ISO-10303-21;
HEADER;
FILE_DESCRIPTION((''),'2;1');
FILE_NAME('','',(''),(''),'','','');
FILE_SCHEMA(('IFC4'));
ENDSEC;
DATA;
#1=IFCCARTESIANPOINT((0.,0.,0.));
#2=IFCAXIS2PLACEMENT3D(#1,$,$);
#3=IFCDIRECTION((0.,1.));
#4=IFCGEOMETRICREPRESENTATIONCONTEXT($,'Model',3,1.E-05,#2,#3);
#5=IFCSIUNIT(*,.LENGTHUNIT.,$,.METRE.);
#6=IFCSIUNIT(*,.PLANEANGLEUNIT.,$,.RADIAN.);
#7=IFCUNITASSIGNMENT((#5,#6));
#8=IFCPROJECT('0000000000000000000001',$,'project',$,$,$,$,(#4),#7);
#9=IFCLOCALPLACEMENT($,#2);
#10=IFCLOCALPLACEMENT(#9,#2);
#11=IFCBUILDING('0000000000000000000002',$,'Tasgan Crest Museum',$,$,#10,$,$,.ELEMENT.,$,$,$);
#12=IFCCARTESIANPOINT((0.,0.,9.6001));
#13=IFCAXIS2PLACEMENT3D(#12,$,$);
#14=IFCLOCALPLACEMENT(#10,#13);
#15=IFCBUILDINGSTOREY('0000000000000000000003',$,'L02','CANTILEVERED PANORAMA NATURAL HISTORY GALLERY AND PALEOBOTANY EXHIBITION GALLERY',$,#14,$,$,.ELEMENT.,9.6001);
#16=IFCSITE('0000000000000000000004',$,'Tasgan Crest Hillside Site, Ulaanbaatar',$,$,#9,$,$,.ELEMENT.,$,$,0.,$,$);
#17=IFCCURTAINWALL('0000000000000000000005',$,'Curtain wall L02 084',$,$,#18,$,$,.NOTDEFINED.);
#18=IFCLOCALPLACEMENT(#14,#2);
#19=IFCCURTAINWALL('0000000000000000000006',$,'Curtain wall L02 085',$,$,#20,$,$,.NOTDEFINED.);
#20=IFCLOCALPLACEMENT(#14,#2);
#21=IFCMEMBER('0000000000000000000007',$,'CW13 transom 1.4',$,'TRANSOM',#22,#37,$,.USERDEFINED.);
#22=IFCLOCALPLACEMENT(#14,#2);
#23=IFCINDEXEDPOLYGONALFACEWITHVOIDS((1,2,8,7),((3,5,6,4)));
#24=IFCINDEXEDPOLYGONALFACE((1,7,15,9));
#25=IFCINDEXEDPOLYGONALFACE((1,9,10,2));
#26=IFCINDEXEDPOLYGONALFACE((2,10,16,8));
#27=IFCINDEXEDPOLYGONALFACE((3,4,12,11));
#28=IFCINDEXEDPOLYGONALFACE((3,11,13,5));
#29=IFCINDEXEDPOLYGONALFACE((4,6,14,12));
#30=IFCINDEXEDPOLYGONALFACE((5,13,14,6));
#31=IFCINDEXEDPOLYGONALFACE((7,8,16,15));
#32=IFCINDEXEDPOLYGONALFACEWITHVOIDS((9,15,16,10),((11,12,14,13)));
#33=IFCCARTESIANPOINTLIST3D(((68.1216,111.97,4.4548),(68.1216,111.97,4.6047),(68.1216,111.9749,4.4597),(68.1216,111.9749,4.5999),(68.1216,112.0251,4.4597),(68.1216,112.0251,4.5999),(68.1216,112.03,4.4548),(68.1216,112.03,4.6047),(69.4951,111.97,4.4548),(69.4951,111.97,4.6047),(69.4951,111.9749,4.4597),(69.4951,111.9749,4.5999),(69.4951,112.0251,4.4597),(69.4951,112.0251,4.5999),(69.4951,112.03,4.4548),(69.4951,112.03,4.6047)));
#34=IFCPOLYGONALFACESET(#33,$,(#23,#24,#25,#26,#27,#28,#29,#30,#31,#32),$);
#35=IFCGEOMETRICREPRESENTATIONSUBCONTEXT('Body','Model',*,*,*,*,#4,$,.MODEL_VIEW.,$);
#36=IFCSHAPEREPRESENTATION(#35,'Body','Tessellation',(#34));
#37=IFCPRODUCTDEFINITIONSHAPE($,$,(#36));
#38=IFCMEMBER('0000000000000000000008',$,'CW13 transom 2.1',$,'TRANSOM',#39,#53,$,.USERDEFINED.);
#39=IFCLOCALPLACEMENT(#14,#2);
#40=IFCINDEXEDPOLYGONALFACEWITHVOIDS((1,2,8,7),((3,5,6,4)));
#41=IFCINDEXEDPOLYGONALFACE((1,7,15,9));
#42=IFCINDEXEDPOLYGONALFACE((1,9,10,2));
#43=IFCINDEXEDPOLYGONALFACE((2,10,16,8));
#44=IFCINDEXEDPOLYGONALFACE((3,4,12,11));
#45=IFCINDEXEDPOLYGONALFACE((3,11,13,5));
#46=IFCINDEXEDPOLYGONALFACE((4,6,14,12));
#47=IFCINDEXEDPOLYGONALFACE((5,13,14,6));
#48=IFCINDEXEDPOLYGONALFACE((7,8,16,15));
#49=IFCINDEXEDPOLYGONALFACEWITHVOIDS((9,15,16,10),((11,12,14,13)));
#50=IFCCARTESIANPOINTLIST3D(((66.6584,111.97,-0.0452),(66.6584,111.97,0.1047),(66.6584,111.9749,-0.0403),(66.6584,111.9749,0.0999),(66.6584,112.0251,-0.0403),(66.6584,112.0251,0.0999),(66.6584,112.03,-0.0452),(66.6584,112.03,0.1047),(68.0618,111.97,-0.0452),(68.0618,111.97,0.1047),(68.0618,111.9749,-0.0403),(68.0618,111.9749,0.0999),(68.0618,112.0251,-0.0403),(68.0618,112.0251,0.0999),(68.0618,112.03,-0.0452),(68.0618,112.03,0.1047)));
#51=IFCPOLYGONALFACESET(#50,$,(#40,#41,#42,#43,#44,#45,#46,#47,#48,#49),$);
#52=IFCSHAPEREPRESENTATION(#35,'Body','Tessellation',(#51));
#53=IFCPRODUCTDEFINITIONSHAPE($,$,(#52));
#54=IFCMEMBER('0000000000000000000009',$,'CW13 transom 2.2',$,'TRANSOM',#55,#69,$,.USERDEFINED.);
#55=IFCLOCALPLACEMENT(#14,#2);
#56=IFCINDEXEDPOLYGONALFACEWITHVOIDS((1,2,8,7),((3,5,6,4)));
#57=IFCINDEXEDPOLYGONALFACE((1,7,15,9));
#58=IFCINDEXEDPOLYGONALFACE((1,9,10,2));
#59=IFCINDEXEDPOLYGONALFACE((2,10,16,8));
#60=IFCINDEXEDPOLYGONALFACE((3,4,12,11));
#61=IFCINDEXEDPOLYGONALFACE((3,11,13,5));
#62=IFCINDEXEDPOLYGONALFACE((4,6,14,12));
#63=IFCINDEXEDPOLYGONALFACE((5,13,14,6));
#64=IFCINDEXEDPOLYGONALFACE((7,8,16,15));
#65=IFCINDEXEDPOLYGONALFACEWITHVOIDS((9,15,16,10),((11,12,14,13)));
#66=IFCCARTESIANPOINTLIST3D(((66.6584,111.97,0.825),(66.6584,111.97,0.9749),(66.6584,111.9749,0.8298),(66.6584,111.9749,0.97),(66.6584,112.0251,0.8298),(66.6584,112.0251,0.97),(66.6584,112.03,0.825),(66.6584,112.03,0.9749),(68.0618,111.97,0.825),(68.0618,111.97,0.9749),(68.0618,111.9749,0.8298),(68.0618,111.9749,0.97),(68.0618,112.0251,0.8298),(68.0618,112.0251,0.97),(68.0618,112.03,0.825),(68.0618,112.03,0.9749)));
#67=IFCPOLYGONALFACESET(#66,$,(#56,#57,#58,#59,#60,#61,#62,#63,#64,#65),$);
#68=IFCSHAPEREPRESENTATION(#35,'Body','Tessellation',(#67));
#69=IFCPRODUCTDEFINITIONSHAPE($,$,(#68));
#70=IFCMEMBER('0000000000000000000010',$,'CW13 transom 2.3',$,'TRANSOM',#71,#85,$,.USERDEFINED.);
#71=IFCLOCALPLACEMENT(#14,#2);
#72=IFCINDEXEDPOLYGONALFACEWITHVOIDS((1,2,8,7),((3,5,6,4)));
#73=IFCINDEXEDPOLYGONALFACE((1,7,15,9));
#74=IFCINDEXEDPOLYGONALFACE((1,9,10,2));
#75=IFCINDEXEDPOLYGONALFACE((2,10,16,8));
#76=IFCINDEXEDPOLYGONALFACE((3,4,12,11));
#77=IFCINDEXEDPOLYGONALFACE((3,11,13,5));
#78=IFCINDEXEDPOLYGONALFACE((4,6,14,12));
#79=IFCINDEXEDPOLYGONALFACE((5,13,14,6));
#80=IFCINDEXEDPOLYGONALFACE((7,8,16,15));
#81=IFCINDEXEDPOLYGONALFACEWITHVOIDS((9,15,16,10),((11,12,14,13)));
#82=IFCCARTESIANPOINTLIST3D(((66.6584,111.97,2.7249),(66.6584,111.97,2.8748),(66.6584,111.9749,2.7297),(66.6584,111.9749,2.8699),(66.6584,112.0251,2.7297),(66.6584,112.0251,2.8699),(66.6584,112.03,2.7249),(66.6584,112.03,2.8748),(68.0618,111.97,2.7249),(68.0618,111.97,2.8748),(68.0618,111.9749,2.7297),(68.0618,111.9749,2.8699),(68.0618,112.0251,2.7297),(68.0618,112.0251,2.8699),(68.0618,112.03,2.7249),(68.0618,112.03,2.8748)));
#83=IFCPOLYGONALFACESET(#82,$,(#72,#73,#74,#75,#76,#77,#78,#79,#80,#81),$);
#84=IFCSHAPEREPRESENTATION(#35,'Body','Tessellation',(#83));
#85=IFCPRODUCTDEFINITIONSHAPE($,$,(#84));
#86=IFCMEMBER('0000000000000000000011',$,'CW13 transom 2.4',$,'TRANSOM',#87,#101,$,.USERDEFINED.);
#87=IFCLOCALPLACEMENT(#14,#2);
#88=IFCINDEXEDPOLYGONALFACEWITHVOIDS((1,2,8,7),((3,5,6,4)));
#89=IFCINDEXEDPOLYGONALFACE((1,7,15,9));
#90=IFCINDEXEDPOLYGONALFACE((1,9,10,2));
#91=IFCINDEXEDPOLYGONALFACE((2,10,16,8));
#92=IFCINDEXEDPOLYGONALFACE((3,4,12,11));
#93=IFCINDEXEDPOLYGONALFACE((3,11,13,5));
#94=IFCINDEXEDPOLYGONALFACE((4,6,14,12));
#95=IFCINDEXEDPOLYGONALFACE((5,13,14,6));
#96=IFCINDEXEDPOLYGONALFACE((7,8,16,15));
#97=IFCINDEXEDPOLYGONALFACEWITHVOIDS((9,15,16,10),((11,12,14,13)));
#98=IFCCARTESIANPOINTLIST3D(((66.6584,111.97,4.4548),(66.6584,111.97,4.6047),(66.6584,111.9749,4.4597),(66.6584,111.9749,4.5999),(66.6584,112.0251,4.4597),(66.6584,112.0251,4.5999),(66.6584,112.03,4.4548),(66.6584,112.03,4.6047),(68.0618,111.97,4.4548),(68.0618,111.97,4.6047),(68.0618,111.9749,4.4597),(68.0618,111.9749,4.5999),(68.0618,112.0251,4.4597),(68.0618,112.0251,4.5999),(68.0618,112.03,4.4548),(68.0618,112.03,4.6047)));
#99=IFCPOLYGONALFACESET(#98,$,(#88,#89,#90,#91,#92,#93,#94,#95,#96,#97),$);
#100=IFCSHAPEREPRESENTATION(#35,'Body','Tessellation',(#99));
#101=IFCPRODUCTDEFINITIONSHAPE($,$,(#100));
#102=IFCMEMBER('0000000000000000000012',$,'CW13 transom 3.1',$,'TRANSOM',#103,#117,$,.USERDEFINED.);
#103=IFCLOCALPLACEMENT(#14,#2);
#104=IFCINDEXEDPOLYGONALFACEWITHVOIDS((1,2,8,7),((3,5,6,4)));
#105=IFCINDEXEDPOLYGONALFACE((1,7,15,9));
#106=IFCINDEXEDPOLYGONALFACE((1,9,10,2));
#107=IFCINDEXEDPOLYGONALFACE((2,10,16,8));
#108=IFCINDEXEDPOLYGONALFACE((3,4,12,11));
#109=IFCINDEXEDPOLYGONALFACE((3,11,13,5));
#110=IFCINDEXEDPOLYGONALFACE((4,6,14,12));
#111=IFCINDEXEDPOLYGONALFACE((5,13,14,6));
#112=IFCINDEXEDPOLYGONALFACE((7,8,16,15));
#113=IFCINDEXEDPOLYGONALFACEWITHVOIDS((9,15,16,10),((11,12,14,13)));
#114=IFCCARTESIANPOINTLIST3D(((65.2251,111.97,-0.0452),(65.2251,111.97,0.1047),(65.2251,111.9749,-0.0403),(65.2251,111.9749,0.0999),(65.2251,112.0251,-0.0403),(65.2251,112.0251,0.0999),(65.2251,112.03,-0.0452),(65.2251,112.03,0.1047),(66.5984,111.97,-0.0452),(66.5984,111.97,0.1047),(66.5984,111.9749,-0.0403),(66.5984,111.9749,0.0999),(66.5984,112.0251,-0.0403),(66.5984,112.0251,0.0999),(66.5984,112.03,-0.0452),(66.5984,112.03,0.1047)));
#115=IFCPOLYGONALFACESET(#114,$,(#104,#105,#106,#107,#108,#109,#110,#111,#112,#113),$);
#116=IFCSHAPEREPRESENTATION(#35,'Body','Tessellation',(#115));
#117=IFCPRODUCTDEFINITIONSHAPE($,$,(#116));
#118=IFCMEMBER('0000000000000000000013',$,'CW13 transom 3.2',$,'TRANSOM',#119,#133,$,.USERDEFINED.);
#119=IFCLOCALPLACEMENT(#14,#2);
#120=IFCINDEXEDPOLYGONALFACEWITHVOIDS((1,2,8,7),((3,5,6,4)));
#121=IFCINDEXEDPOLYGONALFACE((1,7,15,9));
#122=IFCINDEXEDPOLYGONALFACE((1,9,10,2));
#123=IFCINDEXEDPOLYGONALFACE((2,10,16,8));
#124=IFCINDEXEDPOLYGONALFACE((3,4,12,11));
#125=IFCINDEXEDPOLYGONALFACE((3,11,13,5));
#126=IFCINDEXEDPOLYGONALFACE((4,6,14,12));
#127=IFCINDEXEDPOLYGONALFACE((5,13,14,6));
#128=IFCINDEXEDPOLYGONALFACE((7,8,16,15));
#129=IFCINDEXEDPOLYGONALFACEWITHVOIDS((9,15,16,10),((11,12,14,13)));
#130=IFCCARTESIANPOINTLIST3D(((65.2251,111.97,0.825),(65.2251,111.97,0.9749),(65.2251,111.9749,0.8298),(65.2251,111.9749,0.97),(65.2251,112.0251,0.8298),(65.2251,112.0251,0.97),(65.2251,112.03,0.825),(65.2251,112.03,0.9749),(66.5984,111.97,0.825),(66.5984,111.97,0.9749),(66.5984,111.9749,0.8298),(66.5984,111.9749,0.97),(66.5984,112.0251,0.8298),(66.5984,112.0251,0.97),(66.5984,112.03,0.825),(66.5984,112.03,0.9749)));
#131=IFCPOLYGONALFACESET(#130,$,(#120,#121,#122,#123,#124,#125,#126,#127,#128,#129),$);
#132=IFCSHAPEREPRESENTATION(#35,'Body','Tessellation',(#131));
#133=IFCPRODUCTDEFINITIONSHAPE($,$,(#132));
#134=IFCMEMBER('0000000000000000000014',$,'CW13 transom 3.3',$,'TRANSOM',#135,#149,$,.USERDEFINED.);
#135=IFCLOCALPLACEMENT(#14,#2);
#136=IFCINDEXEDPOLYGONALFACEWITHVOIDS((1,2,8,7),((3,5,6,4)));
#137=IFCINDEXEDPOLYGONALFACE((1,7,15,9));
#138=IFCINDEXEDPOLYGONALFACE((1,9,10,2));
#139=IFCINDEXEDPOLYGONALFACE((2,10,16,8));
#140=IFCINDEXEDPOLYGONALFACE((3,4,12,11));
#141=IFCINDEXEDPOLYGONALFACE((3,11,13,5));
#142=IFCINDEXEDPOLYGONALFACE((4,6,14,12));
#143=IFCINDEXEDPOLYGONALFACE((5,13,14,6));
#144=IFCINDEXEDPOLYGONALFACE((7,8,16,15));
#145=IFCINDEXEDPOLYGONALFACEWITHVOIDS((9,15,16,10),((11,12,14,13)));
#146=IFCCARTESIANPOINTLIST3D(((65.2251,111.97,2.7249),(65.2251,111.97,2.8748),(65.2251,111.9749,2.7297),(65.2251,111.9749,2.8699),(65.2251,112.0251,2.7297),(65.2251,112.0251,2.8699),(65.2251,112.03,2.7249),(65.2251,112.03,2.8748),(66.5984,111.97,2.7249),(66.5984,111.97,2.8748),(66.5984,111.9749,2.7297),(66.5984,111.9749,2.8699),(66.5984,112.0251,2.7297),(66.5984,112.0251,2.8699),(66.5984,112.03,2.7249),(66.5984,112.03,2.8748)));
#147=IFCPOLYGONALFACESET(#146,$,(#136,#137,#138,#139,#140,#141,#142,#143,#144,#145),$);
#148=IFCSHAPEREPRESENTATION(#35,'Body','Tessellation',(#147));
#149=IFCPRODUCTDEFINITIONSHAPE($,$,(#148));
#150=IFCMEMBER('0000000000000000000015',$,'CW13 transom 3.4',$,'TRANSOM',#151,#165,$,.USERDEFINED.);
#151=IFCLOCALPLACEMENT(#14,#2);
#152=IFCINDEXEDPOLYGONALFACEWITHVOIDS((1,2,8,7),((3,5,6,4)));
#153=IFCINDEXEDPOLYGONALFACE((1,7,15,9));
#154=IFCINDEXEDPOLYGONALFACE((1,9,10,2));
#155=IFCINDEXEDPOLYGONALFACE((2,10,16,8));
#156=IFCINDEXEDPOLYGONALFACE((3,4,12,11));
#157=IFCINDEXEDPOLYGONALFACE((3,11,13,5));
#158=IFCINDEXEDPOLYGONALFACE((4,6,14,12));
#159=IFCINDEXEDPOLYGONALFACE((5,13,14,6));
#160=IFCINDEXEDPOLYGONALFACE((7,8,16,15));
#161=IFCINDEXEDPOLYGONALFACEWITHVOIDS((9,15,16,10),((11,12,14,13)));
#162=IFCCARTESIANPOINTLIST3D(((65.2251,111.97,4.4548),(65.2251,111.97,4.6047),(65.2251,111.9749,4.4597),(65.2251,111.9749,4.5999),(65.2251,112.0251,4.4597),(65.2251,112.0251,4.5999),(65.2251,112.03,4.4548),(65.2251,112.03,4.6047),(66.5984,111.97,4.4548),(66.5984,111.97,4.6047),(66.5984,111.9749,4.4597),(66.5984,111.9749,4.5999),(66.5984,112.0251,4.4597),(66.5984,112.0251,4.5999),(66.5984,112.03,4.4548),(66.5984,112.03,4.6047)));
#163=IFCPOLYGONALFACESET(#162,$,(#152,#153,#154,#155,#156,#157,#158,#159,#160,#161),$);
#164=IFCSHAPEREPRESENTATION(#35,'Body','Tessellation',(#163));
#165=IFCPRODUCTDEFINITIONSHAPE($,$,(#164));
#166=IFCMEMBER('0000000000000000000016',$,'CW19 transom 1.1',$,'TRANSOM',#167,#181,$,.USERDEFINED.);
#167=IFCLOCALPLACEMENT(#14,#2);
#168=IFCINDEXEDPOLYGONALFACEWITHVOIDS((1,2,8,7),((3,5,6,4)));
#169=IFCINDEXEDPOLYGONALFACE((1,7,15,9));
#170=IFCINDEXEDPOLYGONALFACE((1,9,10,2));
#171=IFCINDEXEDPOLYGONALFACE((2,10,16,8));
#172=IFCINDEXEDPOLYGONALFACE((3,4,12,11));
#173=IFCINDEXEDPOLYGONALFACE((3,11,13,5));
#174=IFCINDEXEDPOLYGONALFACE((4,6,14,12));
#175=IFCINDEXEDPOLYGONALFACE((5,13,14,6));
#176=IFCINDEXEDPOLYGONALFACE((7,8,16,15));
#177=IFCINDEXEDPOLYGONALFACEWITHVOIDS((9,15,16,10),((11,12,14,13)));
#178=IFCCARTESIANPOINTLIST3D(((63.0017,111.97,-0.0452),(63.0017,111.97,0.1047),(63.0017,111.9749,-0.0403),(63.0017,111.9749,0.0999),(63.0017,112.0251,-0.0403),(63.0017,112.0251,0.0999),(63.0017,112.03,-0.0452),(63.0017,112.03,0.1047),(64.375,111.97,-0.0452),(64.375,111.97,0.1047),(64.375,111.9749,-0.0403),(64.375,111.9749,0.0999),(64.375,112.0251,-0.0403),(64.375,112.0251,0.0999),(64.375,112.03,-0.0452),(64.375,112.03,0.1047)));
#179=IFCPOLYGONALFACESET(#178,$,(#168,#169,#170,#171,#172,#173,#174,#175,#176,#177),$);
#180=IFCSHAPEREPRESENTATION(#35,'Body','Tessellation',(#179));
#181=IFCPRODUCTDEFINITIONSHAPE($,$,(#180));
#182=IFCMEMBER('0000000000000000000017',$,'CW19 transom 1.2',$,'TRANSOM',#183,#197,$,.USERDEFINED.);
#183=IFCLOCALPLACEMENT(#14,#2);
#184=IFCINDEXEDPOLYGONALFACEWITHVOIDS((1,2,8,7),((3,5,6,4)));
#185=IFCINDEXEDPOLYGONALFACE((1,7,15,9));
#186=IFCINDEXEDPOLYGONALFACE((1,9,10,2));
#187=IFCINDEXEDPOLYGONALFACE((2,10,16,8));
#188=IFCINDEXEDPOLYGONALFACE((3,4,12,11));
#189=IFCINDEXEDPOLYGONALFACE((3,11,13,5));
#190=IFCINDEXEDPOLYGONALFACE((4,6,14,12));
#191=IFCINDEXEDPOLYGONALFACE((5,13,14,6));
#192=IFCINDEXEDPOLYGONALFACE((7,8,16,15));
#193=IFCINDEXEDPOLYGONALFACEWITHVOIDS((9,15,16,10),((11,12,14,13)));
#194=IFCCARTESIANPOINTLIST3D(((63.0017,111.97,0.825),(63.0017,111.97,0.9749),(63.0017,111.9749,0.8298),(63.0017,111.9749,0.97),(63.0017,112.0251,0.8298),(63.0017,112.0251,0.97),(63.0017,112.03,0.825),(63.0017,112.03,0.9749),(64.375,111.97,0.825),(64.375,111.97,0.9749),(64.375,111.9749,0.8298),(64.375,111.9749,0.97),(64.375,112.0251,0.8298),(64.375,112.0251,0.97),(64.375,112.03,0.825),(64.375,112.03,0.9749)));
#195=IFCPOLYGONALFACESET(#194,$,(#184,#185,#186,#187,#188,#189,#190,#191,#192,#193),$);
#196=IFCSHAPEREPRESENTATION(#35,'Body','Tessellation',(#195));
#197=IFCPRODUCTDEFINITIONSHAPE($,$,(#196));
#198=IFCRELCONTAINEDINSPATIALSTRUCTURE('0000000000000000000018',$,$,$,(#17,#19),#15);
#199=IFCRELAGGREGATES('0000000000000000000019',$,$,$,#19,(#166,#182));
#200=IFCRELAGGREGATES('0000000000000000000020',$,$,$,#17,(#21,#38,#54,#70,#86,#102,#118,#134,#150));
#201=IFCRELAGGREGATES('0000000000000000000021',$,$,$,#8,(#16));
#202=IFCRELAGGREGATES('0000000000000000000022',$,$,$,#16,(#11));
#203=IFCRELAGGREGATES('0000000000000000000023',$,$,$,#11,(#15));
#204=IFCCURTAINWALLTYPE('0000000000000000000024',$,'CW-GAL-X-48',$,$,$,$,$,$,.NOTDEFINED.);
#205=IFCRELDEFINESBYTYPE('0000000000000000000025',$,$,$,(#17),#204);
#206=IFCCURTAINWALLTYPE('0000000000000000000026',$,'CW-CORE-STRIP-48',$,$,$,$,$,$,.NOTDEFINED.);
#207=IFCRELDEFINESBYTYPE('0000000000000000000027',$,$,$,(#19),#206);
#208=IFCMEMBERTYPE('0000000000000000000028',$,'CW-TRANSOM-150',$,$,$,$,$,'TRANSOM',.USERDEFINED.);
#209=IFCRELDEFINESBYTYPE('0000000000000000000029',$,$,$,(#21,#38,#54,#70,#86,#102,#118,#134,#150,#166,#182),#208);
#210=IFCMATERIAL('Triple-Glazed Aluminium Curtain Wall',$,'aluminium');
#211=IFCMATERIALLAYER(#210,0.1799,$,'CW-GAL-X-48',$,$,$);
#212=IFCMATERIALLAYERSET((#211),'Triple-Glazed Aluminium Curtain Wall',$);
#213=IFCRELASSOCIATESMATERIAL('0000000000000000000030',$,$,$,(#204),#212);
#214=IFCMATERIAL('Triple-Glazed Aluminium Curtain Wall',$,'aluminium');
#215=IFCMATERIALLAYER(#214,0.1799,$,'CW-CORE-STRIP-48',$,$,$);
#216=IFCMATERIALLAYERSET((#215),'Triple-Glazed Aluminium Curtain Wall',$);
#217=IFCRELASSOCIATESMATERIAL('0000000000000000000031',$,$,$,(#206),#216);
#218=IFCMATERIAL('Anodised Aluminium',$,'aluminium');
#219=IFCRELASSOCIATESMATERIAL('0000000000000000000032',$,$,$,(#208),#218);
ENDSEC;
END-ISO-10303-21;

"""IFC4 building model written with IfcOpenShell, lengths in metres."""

from ifc_helpers import new_model, si_unit, direction, frame, origin, origin_2d, place, context, subcontext, project, spatial, hollow_rectangle, extrude, material, layer, layer_set, material_profile, profile_set, type_object, element, aggregate, save


model = new_model("IFC4")

# Units and contexts
model_context = context("Model", 3, precision=1e-05, world=origin(), true_north=direction((0.0, 1.0)))
body_context = subcontext(model_context, "Body", "Model", "MODEL_VIEW")
ifc_project = project(units=[si_unit("LENGTHUNIT", "METRE"), si_unit("PLANEANGLEUNIT", "RADIAN")], contexts=[model_context])

# Site, building, storey
site_placement = place(None, origin())
site = spatial("IfcSite", under=ifc_project, at=site_placement, Name="Tasgan Crest Hillside Site, Ulaanbaatar", CompositionType="ELEMENT", RefElevation=0.0)
building_placement = place(site_placement, origin())
building = spatial("IfcBuilding", under=site, at=building_placement, Name="Tasgan Crest Museum", CompositionType="ELEMENT")
storey_placement = place(building_placement, frame((0.0, 0.0, 9.6001)))
storey = spatial("IfcBuildingStorey", under=building, at=storey_placement, Name="L02", Description="CANTILEVERED PANORAMA NATURAL HISTORY GALLERY AND PALEOBOTANY EXHIBITION GALLERY", CompositionType="ELEMENT", Elevation=9.6001)

# Curtain wall
ifc_material_1 = material(Name="Triple-Glazed Aluminium Curtain Wall", Category="aluminium")
ifc_layer_1 = layer(ifc_material_1, 0.1799, Name="CW-GAL-X-48")
ifc_layer_set_1 = layer_set([ifc_layer_1], Name="Triple-Glazed Aluminium Curtain Wall")
curtain_wall_type_1 = type_object("IfcCurtainWallType", Name="CW-GAL-X-48", PredefinedType="NOTDEFINED", material=ifc_layer_set_1)
curtain_wall_1_placement = place(storey_placement, origin())
curtain_wall_1 = element("IfcCurtainWall", 1, at=curtain_wall_1_placement, inside=storey, type_object=curtain_wall_type_1, Name="Curtain wall L02 084", PredefinedType="NOTDEFINED")

# Curtain wall
ifc_material_2 = material(Name="Triple-Glazed Aluminium Curtain Wall", Category="aluminium")
ifc_layer_2 = layer(ifc_material_2, 0.1799, Name="CW-CORE-STRIP-48")
ifc_layer_set_2 = layer_set([ifc_layer_2], Name="Triple-Glazed Aluminium Curtain Wall")
curtain_wall_type_2 = type_object("IfcCurtainWallType", Name="CW-CORE-STRIP-48", PredefinedType="NOTDEFINED", material=ifc_layer_set_2)
curtain_wall_2_placement = place(storey_placement, origin())
curtain_wall_2 = element("IfcCurtainWall", 2, at=curtain_wall_2_placement, inside=storey, type_object=curtain_wall_type_2, Name="Curtain wall L02 085", PredefinedType="NOTDEFINED")

# Members
ifc_material_3 = material(Name="Anodised Aluminium", Category="aluminium")
ifc_material_profile_1 = material_profile(ifc_material_3, hollow_rectangle(XDim=0.0601, YDim=0.1499, WallThickness=0.0049, at=origin_2d()), Name="ALU TRANSOM 150x60x5")
ifc_profile_set_1 = profile_set([ifc_material_profile_1], Name="Anodised Aluminium")
member_type_1 = type_object("IfcMemberType", Name="CW-TRANSOM-150", ElementType="TRANSOM", PredefinedType="USERDEFINED", material=ifc_profile_set_1)
member_1_placement = place(storey_placement, frame((69.4951, 112.0, 4.5298), z_axis=(-1.0, 0.0, 0.0), x_axis=(0.0, -1.0, 0.0)))
member_1 = element("IfcMember", 3, at=member_1_placement, type_object=member_type_1, Name="CW13 transom 1.4", ObjectType="TRANSOM", PredefinedType="USERDEFINED", context=body_context, shape_type="SweptSolid", body=[
    extrude(hollow_rectangle(XDim=0.0601, YDim=0.1499, WallThickness=0.0049, at=origin_2d()), origin(), (0.0, 0.0, 1.0), 1.3735),
])
member_2_placement = place(storey_placement, frame((68.0618, 112.0, 0.0298), z_axis=(-1.0, 0.0, 0.0), x_axis=(0.0, -1.0, 0.0)))
member_2 = element("IfcMember", 4, at=member_2_placement, type_object=member_type_1, Name="CW13 transom 2.1", ObjectType="TRANSOM", PredefinedType="USERDEFINED", context=body_context, shape_type="SweptSolid", body=[
    extrude(hollow_rectangle(XDim=0.0601, YDim=0.1499, WallThickness=0.0049, at=origin_2d()), origin(), (0.0, 0.0, 1.0), 1.4033),
])
member_3_placement = place(storey_placement, frame((68.0618, 112.0, 0.8999), z_axis=(-1.0, 0.0, 0.0), x_axis=(0.0, -1.0, 0.0)))
member_3 = element("IfcMember", 5, at=member_3_placement, type_object=member_type_1, Name="CW13 transom 2.2", ObjectType="TRANSOM", PredefinedType="USERDEFINED", context=body_context, shape_type="SweptSolid", body=[
    extrude(hollow_rectangle(XDim=0.0601, YDim=0.1499, WallThickness=0.0049, at=origin_2d()), origin(), (0.0, 0.0, 1.0), 1.4033),
])
member_4_placement = place(storey_placement, frame((68.0618, 112.0, 2.7998), z_axis=(-1.0, 0.0, 0.0), x_axis=(0.0, -1.0, 0.0)))
member_4 = element("IfcMember", 6, at=member_4_placement, type_object=member_type_1, Name="CW13 transom 2.3", ObjectType="TRANSOM", PredefinedType="USERDEFINED", context=body_context, shape_type="SweptSolid", body=[
    extrude(hollow_rectangle(XDim=0.0601, YDim=0.1499, WallThickness=0.0049, at=origin_2d()), origin(), (0.0, 0.0, 1.0), 1.4033),
])
member_5_placement = place(storey_placement, frame((68.0618, 112.0, 4.5298), z_axis=(-1.0, 0.0, 0.0), x_axis=(0.0, -1.0, 0.0)))
member_5 = element("IfcMember", 7, at=member_5_placement, type_object=member_type_1, Name="CW13 transom 2.4", ObjectType="TRANSOM", PredefinedType="USERDEFINED", context=body_context, shape_type="SweptSolid", body=[
    extrude(hollow_rectangle(XDim=0.0601, YDim=0.1499, WallThickness=0.0049, at=origin_2d()), origin(), (0.0, 0.0, 1.0), 1.4033),
])
member_6_placement = place(storey_placement, frame((66.5984, 112.0, 0.0298), z_axis=(-1.0, 0.0, 0.0), x_axis=(0.0, -1.0, 0.0)))
member_6 = element("IfcMember", 8, at=member_6_placement, type_object=member_type_1, Name="CW13 transom 3.1", ObjectType="TRANSOM", PredefinedType="USERDEFINED", context=body_context, shape_type="SweptSolid", body=[
    extrude(hollow_rectangle(XDim=0.0601, YDim=0.1499, WallThickness=0.0049, at=origin_2d()), origin(), (0.0, 0.0, 1.0), 1.3733),
])
member_7_placement = place(storey_placement, frame((66.5984, 112.0, 0.8999), z_axis=(-1.0, 0.0, 0.0), x_axis=(0.0, -1.0, 0.0)))
member_7 = element("IfcMember", 9, at=member_7_placement, type_object=member_type_1, Name="CW13 transom 3.2", ObjectType="TRANSOM", PredefinedType="USERDEFINED", context=body_context, shape_type="SweptSolid", body=[
    extrude(hollow_rectangle(XDim=0.0601, YDim=0.1499, WallThickness=0.0049, at=origin_2d()), origin(), (0.0, 0.0, 1.0), 1.3733),
])
member_8_placement = place(storey_placement, frame((66.5984, 112.0, 2.7998), z_axis=(-1.0, 0.0, 0.0), x_axis=(0.0, -1.0, 0.0)))
member_8 = element("IfcMember", 10, at=member_8_placement, type_object=member_type_1, Name="CW13 transom 3.3", ObjectType="TRANSOM", PredefinedType="USERDEFINED", context=body_context, shape_type="SweptSolid", body=[
    extrude(hollow_rectangle(XDim=0.0601, YDim=0.1499, WallThickness=0.0049, at=origin_2d()), origin(), (0.0, 0.0, 1.0), 1.3733),
])
member_9_placement = place(storey_placement, frame((66.5984, 112.0, 4.5298), z_axis=(-1.0, 0.0, 0.0), x_axis=(0.0, -1.0, 0.0)))
member_9 = element("IfcMember", 11, at=member_9_placement, type_object=member_type_1, Name="CW13 transom 3.4", ObjectType="TRANSOM", PredefinedType="USERDEFINED", context=body_context, shape_type="SweptSolid", body=[
    extrude(hollow_rectangle(XDim=0.0601, YDim=0.1499, WallThickness=0.0049, at=origin_2d()), origin(), (0.0, 0.0, 1.0), 1.3733),
])
member_10_placement = place(storey_placement, frame((64.375, 112.0, 0.0298), z_axis=(-1.0, 0.0, 0.0), x_axis=(0.0, -1.0, 0.0)))
member_10 = element("IfcMember", 12, at=member_10_placement, type_object=member_type_1, Name="CW19 transom 1.1", ObjectType="TRANSOM", PredefinedType="USERDEFINED", context=body_context, shape_type="SweptSolid", body=[
    extrude(hollow_rectangle(XDim=0.0601, YDim=0.1499, WallThickness=0.0049, at=origin_2d()), origin(), (0.0, 0.0, 1.0), 1.3733),
])
member_11_placement = place(storey_placement, frame((64.375, 112.0, 0.8999), z_axis=(-1.0, 0.0, 0.0), x_axis=(0.0, -1.0, 0.0)))
member_11 = element("IfcMember", 13, at=member_11_placement, type_object=member_type_1, Name="CW19 transom 1.2", ObjectType="TRANSOM", PredefinedType="USERDEFINED", context=body_context, shape_type="SweptSolid", body=[
    extrude(hollow_rectangle(XDim=0.0601, YDim=0.1499, WallThickness=0.0049, at=origin_2d()), origin(), (0.0, 0.0, 1.0), 1.3733),
])
aggregate(curtain_wall_2, [member_10, member_11])

aggregate(curtain_wall_1, [member_1, member_2, member_3, member_4, member_5, member_6, member_7, member_8, member_9])

save(model, "model.ifc")
